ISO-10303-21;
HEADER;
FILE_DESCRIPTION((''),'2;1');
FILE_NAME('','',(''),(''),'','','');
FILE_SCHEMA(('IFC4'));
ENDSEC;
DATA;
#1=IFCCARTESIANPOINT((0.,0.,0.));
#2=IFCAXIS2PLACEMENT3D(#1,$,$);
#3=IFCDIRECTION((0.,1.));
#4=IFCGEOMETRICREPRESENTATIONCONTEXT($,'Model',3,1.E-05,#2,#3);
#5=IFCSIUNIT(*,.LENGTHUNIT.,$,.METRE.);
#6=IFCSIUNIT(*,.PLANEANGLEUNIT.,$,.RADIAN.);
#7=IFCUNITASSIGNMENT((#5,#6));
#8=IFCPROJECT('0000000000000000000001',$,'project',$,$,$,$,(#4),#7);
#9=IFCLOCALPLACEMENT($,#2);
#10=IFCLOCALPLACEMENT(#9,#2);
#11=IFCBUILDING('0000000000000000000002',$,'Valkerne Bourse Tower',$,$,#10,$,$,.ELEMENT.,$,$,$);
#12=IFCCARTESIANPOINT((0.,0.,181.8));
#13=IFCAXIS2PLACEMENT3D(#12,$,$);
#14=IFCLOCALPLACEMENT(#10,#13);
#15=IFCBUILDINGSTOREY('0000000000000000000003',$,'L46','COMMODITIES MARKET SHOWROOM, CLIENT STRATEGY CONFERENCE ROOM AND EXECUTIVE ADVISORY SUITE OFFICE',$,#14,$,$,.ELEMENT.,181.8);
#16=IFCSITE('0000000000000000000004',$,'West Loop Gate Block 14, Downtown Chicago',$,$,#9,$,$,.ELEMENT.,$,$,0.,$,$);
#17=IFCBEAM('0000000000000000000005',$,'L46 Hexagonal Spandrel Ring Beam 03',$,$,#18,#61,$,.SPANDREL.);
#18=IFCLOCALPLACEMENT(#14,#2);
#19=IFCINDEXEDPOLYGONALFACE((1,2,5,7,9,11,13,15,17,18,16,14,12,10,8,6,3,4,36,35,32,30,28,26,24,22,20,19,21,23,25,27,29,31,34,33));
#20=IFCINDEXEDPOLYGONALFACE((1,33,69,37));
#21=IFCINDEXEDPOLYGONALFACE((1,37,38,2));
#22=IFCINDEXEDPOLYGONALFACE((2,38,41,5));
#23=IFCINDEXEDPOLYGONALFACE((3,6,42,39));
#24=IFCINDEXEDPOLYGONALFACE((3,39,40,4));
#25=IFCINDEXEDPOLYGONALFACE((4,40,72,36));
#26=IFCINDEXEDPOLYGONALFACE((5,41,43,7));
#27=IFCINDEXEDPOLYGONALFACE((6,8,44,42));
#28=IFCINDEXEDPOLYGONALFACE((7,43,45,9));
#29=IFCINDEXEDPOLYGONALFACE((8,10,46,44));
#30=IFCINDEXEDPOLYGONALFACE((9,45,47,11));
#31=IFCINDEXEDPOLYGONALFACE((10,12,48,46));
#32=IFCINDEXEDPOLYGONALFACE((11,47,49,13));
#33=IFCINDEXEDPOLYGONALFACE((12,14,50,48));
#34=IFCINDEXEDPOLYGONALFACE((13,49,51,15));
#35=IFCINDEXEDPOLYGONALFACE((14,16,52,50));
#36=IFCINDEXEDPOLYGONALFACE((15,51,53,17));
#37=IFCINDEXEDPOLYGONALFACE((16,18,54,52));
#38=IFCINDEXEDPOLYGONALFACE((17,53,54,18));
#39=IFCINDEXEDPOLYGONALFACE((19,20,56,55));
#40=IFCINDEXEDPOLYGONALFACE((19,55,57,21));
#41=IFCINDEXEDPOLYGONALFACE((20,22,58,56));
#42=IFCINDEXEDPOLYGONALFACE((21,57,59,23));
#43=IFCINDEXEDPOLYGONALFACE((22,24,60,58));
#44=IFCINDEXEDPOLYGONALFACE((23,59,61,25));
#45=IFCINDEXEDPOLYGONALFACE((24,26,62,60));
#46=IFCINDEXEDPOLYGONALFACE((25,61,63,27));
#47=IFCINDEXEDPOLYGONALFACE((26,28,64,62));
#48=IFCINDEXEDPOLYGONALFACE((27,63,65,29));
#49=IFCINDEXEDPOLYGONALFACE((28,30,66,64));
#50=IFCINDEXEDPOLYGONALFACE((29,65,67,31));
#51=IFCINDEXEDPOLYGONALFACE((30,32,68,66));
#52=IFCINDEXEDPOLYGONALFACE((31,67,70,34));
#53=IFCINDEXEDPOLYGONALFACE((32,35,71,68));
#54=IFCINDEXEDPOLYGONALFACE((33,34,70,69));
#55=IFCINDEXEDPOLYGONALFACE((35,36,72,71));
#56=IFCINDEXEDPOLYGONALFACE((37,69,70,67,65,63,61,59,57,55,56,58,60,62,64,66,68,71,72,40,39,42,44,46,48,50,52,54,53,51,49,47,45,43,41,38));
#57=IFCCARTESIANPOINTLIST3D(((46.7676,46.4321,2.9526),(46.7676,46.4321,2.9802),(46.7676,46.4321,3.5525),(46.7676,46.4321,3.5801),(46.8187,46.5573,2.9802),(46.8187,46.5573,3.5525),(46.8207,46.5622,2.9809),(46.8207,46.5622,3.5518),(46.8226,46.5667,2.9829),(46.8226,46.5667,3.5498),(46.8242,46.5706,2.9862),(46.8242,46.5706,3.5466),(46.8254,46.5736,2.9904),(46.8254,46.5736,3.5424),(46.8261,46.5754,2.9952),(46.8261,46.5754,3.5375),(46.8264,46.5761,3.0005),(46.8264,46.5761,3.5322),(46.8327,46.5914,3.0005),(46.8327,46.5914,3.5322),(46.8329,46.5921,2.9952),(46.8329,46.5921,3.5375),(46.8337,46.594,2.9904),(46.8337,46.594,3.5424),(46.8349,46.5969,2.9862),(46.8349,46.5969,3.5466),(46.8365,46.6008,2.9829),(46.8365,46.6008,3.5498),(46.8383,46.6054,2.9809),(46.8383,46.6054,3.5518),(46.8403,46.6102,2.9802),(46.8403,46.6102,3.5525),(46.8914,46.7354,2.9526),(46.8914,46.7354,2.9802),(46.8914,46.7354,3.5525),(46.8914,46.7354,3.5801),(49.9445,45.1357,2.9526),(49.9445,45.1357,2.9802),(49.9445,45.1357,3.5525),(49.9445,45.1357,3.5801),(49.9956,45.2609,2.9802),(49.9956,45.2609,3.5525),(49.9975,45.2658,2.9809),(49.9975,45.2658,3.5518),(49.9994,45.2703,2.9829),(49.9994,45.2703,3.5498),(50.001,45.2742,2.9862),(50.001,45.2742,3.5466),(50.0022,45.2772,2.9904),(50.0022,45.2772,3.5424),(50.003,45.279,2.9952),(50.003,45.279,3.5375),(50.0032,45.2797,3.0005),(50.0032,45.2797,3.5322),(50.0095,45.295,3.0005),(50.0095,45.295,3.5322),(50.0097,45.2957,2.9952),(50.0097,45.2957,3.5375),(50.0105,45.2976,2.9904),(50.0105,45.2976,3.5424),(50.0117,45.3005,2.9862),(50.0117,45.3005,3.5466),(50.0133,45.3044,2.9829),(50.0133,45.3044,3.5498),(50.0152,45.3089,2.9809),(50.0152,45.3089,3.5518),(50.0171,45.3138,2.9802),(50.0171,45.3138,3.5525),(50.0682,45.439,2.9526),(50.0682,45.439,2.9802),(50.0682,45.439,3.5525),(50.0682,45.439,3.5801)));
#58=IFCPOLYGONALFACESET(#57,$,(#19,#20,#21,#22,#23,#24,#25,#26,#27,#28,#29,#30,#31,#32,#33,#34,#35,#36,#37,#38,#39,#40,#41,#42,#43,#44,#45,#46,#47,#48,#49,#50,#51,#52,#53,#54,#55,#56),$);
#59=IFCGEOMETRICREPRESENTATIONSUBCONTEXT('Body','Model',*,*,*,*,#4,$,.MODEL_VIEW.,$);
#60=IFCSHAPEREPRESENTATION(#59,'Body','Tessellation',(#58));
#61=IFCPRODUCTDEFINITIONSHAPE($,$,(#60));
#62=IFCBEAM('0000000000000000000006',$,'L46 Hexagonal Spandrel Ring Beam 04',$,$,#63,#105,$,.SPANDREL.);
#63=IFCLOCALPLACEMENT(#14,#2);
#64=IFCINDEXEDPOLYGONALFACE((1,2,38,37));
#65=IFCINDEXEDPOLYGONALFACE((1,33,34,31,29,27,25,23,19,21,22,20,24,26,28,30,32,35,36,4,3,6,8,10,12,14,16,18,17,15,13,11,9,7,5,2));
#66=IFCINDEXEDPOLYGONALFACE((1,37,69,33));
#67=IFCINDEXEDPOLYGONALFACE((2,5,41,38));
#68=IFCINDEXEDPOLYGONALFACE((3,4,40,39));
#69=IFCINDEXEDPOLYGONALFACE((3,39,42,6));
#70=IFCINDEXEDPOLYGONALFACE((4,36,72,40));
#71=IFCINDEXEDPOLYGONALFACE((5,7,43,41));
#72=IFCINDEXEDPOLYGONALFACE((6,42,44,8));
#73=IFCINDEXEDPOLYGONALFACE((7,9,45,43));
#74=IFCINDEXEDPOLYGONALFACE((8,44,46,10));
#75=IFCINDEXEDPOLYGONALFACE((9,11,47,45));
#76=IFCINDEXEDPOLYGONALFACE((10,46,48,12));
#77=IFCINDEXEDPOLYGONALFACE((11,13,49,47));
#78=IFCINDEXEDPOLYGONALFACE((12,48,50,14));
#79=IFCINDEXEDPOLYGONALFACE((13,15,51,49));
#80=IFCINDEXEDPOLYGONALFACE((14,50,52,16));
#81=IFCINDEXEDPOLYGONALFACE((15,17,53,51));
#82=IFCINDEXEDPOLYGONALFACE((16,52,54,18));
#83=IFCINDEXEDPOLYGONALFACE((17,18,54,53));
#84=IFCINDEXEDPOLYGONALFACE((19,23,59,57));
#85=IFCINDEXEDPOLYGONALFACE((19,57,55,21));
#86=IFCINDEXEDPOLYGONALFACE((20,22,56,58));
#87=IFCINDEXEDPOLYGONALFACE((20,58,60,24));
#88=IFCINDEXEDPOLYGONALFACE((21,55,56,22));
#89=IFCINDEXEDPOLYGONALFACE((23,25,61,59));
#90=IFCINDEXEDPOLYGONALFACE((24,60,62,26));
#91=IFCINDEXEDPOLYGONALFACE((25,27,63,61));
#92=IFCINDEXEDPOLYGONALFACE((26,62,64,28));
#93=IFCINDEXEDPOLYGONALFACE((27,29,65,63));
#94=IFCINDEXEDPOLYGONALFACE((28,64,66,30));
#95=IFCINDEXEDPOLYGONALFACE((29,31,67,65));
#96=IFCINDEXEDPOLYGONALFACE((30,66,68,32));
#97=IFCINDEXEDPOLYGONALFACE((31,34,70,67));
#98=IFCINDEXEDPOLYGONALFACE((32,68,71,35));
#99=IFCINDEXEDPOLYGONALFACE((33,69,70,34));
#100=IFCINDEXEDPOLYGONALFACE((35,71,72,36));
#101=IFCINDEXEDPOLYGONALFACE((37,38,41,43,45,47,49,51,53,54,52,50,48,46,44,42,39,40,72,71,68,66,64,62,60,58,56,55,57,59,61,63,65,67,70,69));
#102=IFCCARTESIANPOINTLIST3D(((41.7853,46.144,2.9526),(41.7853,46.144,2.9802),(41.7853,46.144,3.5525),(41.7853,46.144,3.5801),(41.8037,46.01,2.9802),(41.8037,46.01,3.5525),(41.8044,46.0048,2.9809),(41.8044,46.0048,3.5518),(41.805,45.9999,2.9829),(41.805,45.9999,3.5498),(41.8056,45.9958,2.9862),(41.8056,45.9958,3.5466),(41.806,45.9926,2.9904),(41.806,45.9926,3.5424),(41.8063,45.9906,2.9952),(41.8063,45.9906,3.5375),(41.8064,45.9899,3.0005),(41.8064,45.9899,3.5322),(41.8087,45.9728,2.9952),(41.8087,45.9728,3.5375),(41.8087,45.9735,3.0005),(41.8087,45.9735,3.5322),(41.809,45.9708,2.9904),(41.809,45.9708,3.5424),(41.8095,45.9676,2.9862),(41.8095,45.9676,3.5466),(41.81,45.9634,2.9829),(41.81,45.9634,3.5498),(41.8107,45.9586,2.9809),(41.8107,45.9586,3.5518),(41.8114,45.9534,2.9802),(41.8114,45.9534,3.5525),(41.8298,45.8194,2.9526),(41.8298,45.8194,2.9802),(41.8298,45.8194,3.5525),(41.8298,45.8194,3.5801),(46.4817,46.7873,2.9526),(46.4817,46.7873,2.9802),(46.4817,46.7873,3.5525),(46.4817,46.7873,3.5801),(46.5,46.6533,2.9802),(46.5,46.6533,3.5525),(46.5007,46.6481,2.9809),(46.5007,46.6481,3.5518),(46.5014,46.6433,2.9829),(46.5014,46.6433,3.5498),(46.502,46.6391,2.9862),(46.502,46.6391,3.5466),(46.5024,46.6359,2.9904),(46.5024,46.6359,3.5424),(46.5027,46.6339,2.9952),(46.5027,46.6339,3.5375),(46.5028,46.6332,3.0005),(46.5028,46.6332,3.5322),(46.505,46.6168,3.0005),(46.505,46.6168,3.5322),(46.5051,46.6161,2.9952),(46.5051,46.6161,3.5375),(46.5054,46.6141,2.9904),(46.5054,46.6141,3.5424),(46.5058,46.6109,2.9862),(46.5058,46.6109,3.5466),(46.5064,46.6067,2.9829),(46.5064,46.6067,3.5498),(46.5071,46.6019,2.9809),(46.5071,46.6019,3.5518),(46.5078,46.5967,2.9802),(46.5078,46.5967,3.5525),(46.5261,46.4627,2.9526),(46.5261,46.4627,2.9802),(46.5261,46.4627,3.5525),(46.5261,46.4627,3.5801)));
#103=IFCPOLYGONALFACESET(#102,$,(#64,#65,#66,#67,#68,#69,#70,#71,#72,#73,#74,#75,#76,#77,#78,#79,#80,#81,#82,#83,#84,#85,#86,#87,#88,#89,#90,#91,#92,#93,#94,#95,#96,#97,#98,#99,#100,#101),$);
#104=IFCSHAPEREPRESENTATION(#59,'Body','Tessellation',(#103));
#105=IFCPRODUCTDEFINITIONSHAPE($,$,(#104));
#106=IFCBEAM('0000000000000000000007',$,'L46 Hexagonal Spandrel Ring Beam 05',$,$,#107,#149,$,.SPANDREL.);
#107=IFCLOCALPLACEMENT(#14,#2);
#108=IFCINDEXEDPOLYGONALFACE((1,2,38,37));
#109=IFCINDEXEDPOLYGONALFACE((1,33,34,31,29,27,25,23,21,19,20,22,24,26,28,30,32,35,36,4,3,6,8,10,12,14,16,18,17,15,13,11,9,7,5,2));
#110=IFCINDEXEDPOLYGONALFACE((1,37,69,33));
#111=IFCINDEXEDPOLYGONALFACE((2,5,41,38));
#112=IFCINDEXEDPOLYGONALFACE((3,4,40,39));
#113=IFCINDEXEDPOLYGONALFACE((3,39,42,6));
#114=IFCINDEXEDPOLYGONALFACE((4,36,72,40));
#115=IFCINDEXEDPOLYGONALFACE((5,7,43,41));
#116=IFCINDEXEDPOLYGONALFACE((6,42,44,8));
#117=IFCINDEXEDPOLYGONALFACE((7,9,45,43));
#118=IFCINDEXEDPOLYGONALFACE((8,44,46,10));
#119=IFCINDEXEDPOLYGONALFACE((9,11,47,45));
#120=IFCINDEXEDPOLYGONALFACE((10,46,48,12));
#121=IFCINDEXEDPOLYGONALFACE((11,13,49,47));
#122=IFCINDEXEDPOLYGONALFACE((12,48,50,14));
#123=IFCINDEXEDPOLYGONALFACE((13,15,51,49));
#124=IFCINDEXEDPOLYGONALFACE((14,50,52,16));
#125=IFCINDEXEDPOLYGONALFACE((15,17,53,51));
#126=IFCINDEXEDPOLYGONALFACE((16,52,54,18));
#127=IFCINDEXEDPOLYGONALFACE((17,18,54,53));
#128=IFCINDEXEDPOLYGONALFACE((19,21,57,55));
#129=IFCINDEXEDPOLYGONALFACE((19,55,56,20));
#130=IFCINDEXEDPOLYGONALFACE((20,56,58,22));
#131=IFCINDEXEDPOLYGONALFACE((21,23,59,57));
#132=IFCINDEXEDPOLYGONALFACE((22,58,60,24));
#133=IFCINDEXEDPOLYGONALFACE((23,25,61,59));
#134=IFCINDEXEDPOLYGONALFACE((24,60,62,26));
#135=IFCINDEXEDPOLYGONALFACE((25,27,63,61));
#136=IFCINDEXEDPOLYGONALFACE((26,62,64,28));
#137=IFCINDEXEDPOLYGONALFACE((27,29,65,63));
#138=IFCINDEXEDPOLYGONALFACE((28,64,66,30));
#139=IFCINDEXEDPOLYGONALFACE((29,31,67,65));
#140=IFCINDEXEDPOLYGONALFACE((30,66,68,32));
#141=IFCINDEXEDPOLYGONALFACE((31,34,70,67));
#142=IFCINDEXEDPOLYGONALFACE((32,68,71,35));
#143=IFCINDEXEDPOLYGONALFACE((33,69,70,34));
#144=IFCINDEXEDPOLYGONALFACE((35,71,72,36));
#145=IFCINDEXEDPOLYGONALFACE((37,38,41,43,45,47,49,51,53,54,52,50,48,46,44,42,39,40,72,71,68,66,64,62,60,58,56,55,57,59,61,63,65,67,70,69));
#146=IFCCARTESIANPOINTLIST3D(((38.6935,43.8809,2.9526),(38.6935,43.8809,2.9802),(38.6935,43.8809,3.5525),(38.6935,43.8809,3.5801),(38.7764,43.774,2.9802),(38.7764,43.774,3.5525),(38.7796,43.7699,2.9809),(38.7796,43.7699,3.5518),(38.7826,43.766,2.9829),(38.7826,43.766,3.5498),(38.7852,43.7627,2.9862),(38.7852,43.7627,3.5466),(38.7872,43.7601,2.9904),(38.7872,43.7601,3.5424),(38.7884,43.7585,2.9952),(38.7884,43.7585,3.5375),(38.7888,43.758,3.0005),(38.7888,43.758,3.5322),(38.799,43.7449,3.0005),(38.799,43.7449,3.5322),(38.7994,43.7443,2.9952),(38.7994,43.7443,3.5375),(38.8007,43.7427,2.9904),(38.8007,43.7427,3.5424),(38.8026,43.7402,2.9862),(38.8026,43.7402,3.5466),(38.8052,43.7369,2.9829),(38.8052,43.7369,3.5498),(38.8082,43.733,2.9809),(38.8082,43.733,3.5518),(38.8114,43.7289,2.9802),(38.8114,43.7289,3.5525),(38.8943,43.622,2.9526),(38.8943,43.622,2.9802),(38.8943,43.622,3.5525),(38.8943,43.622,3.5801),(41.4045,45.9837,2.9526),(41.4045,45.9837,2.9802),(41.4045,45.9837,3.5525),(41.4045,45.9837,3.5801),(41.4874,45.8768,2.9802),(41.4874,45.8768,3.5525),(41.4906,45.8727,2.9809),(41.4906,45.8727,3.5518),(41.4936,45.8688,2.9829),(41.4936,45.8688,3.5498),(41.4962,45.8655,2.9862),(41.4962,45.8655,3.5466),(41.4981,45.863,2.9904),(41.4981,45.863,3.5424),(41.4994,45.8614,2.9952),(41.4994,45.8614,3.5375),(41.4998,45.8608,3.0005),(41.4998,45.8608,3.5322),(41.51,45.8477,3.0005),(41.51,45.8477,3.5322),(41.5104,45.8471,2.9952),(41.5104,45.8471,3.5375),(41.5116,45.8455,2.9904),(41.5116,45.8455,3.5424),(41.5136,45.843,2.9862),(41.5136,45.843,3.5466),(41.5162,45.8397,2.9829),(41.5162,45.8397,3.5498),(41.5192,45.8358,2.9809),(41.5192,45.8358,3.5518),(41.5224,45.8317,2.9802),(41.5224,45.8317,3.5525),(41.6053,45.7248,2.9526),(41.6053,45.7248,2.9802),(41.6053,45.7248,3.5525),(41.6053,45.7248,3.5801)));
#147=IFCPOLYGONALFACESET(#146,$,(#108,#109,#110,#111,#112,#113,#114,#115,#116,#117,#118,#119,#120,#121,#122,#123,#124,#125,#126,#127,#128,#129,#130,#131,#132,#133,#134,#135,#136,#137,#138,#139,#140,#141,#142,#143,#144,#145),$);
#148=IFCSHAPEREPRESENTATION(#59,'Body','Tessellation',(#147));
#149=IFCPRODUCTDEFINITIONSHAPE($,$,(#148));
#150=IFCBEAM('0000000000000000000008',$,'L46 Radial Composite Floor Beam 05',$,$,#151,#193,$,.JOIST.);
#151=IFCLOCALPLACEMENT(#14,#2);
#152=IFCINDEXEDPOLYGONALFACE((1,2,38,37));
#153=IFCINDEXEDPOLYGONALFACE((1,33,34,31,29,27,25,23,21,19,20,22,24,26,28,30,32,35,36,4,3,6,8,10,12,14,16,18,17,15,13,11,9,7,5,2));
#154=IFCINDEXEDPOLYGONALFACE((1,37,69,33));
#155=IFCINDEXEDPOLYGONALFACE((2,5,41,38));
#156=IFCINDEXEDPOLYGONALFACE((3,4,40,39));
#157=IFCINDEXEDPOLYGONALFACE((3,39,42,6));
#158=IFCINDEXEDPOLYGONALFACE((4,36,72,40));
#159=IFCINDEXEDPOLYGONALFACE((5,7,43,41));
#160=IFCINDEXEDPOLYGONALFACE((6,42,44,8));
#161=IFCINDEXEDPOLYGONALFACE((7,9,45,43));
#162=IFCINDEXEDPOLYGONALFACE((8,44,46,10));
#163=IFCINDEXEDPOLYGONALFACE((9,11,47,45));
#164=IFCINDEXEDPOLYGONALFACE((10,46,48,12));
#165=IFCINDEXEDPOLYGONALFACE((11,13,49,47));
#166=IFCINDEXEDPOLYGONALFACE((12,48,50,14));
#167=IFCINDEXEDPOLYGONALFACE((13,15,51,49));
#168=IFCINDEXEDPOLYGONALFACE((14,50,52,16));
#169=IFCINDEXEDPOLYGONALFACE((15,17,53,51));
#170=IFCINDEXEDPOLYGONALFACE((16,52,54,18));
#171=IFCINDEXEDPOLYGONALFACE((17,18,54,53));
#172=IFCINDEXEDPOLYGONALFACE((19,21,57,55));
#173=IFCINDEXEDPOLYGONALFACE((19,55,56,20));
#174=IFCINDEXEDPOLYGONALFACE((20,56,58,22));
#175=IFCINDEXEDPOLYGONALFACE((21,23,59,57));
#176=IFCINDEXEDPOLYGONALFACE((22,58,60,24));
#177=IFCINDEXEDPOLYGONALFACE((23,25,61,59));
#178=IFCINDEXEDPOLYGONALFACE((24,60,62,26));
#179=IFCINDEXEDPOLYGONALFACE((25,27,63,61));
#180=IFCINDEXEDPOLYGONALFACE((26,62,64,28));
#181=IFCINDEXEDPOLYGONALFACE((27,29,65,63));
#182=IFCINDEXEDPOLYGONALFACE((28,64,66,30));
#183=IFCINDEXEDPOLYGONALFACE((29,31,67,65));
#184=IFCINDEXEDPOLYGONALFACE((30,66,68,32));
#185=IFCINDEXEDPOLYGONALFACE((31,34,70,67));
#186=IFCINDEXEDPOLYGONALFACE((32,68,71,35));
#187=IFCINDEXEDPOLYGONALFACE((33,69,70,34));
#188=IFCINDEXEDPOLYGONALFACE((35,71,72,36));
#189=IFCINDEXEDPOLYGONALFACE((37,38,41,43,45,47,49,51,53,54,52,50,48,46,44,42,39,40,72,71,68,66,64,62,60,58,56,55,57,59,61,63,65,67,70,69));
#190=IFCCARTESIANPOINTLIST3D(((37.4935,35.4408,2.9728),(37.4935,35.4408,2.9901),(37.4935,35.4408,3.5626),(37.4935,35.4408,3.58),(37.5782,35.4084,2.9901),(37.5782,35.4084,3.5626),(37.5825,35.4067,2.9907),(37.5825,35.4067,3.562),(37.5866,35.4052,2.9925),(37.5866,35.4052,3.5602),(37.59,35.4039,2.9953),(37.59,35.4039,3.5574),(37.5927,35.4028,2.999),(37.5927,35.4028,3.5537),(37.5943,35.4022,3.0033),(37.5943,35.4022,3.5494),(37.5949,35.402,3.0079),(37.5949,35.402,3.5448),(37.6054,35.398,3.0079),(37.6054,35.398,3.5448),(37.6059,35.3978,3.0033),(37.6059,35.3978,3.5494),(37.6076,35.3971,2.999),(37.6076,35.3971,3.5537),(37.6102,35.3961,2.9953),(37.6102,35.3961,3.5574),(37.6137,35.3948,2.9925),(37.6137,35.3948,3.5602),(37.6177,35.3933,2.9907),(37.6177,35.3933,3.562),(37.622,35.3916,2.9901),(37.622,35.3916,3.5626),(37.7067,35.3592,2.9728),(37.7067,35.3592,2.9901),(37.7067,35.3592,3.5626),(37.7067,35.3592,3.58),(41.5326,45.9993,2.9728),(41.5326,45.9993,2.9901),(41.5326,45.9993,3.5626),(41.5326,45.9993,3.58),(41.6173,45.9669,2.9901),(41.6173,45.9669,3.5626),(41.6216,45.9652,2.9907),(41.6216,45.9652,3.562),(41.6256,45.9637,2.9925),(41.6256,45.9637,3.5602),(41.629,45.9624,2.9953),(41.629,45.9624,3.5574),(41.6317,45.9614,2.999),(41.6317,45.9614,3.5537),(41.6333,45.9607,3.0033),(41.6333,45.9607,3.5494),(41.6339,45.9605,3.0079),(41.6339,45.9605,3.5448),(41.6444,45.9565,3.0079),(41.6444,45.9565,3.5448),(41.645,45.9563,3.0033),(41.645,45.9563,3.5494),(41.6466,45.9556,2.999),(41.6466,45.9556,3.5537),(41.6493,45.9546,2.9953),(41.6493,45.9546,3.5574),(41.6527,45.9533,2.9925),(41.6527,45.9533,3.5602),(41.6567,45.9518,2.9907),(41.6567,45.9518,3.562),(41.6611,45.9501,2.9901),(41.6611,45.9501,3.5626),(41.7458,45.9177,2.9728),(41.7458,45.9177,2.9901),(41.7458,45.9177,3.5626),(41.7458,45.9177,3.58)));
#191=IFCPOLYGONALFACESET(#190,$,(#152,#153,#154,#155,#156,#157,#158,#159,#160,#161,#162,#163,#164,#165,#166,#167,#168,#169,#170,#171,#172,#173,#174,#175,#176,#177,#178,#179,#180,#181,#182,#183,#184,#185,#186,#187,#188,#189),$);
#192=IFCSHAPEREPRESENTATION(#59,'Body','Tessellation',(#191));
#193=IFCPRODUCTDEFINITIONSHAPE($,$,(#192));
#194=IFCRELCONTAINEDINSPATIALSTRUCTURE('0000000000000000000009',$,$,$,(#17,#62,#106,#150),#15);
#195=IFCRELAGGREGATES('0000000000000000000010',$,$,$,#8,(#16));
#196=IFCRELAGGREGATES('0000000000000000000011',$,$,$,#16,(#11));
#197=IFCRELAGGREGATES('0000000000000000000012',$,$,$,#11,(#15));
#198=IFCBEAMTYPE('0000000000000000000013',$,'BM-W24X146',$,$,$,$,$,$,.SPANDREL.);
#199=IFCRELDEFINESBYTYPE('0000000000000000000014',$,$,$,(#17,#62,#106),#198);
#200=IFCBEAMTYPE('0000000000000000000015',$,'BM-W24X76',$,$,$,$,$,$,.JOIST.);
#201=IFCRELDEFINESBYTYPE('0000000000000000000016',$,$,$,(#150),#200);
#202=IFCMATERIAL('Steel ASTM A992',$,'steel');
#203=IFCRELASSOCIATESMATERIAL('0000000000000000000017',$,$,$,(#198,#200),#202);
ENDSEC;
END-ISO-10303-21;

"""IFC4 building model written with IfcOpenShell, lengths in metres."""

from ifc_helpers import new_model, si_unit, direction, frame, origin, origin_2d, place, context, subcontext, project, spatial, i_section, extrude, material, material_profile, profile_set, type_object, element, save


model = new_model("IFC4")

# Units and contexts
model_context = context("Model", 3, precision=1e-05, world=origin(), true_north=direction((0.0, 1.0)))
body_context = subcontext(model_context, "Body", "Model", "MODEL_VIEW")
ifc_project = project(units=[si_unit("LENGTHUNIT", "METRE"), si_unit("PLANEANGLEUNIT", "RADIAN")], contexts=[model_context])

# Site, building, storey
site_placement = place(None, origin())
site = spatial("IfcSite", under=ifc_project, at=site_placement, Name="West Loop Gate Block 14, Downtown Chicago", CompositionType="ELEMENT", RefElevation=0.0)
building_placement = place(site_placement, origin())
building = spatial("IfcBuilding", under=site, at=building_placement, Name="Valkerne Bourse Tower", CompositionType="ELEMENT")
storey_placement = place(building_placement, frame((0.0, 0.0, 181.8)))
storey = spatial("IfcBuildingStorey", under=building, at=storey_placement, Name="L46", Description="COMMODITIES MARKET SHOWROOM, CLIENT STRATEGY CONFERENCE ROOM AND EXECUTIVE ADVISORY SUITE OFFICE", CompositionType="ELEMENT", Elevation=181.8)

# Beams
ifc_material_1 = material(Name="Steel ASTM A992", Category="steel")
ifc_material_profile_1 = material_profile(ifc_material_1, i_section(OverallWidth=0.3276, OverallDepth=0.6274, WebThickness=0.0166, FlangeThickness=0.0276, FilletRadius=0.0203, at=origin_2d()), Name="W24X146")
ifc_profile_set_1 = profile_set([ifc_material_profile_1], Name="Steel ASTM A992")
beam_type_1 = type_object("IfcBeamType", Name="BM-W24X146", PredefinedType="SPANDREL", material=ifc_profile_set_1)
beam_1_placement = place(storey_placement, frame((50.0063, 45.2874, 3.2664), z_axis=(-0.925873, 0.377835, 0.0), x_axis=(-0.377835, -0.925873, 0.0)))
element("IfcBeam", 1, at=beam_1_placement, inside=storey, type_object=beam_type_1, Name="L46 Hexagonal Spandrel Ring Beam 03", PredefinedType="SPANDREL", context=body_context, shape_type="SweptSolid", body=[
    extrude(i_section(OverallWidth=0.3276, OverallDepth=0.6274, WebThickness=0.0166, FlangeThickness=0.0276, FilletRadius=0.0203, at=origin_2d()), origin(), (0.0, 0.0, 1.0), 3.4312),
])
beam_2_placement = place(storey_placement, frame((46.5039, 46.625, 3.2664), z_axis=(-0.990748, -0.135715, 0.0), x_axis=(0.135715, -0.990748, 0.0)))
element("IfcBeam", 2, at=beam_2_placement, inside=storey, type_object=beam_type_1, Name="L46 Hexagonal Spandrel Ring Beam 04", PredefinedType="SPANDREL", context=body_context, shape_type="SweptSolid", body=[
    extrude(i_section(OverallWidth=0.3276, OverallDepth=0.6274, WebThickness=0.0166, FlangeThickness=0.0276, FilletRadius=0.0203, at=origin_2d()), origin(), (0.0, 0.0, 1.0), 4.7402),
])
beam_3_placement = place(storey_placement, frame((41.5049, 45.8542, 3.2664), z_axis=(-0.79016, -0.612901, 0.0), x_axis=(0.612901, -0.79016, 0.0)))
element("IfcBeam", 3, at=beam_3_placement, inside=storey, type_object=beam_type_1, Name="L46 Hexagonal Spandrel Ring Beam 05", PredefinedType="SPANDREL", context=body_context, shape_type="SweptSolid", body=[
    extrude(i_section(OverallWidth=0.3276, OverallDepth=0.6274, WebThickness=0.0166, FlangeThickness=0.0276, FilletRadius=0.0203, at=origin_2d()), origin(), (0.0, 0.0, 1.0), 3.4309),
])
ifc_material_profile_2 = material_profile(ifc_material_1, i_section(OverallWidth=0.2283, OverallDepth=0.6072, WebThickness=0.0112, FlangeThickness=0.0173, FilletRadius=0.0178, at=origin_2d()), Name="W24X76")
ifc_profile_set_2 = profile_set([ifc_material_profile_2], Name="Steel ASTM A992")
beam_type_2 = type_object("IfcBeamType", Name="BM-W24X76", PredefinedType="JOIST", material=ifc_profile_set_2)
beam_4_placement = place(storey_placement, frame((41.6392, 45.9585, 3.2764), z_axis=(-0.357288, -0.933994, 0.0), x_axis=(0.933994, -0.357288, 0.0)))
element("IfcBeam", 4, at=beam_4_placement, inside=storey, type_object=beam_type_2, Name="L46 Radial Composite Floor Beam 05", PredefinedType="JOIST", context=body_context, shape_type="SweptSolid", body=[
    extrude(i_section(OverallWidth=0.2283, OverallDepth=0.6072, WebThickness=0.0112, FlangeThickness=0.0173, FilletRadius=0.0178, at=origin_2d()), origin(), (0.0, 0.0, 1.0), 11.3047),
])

save(model, "model.ifc")
